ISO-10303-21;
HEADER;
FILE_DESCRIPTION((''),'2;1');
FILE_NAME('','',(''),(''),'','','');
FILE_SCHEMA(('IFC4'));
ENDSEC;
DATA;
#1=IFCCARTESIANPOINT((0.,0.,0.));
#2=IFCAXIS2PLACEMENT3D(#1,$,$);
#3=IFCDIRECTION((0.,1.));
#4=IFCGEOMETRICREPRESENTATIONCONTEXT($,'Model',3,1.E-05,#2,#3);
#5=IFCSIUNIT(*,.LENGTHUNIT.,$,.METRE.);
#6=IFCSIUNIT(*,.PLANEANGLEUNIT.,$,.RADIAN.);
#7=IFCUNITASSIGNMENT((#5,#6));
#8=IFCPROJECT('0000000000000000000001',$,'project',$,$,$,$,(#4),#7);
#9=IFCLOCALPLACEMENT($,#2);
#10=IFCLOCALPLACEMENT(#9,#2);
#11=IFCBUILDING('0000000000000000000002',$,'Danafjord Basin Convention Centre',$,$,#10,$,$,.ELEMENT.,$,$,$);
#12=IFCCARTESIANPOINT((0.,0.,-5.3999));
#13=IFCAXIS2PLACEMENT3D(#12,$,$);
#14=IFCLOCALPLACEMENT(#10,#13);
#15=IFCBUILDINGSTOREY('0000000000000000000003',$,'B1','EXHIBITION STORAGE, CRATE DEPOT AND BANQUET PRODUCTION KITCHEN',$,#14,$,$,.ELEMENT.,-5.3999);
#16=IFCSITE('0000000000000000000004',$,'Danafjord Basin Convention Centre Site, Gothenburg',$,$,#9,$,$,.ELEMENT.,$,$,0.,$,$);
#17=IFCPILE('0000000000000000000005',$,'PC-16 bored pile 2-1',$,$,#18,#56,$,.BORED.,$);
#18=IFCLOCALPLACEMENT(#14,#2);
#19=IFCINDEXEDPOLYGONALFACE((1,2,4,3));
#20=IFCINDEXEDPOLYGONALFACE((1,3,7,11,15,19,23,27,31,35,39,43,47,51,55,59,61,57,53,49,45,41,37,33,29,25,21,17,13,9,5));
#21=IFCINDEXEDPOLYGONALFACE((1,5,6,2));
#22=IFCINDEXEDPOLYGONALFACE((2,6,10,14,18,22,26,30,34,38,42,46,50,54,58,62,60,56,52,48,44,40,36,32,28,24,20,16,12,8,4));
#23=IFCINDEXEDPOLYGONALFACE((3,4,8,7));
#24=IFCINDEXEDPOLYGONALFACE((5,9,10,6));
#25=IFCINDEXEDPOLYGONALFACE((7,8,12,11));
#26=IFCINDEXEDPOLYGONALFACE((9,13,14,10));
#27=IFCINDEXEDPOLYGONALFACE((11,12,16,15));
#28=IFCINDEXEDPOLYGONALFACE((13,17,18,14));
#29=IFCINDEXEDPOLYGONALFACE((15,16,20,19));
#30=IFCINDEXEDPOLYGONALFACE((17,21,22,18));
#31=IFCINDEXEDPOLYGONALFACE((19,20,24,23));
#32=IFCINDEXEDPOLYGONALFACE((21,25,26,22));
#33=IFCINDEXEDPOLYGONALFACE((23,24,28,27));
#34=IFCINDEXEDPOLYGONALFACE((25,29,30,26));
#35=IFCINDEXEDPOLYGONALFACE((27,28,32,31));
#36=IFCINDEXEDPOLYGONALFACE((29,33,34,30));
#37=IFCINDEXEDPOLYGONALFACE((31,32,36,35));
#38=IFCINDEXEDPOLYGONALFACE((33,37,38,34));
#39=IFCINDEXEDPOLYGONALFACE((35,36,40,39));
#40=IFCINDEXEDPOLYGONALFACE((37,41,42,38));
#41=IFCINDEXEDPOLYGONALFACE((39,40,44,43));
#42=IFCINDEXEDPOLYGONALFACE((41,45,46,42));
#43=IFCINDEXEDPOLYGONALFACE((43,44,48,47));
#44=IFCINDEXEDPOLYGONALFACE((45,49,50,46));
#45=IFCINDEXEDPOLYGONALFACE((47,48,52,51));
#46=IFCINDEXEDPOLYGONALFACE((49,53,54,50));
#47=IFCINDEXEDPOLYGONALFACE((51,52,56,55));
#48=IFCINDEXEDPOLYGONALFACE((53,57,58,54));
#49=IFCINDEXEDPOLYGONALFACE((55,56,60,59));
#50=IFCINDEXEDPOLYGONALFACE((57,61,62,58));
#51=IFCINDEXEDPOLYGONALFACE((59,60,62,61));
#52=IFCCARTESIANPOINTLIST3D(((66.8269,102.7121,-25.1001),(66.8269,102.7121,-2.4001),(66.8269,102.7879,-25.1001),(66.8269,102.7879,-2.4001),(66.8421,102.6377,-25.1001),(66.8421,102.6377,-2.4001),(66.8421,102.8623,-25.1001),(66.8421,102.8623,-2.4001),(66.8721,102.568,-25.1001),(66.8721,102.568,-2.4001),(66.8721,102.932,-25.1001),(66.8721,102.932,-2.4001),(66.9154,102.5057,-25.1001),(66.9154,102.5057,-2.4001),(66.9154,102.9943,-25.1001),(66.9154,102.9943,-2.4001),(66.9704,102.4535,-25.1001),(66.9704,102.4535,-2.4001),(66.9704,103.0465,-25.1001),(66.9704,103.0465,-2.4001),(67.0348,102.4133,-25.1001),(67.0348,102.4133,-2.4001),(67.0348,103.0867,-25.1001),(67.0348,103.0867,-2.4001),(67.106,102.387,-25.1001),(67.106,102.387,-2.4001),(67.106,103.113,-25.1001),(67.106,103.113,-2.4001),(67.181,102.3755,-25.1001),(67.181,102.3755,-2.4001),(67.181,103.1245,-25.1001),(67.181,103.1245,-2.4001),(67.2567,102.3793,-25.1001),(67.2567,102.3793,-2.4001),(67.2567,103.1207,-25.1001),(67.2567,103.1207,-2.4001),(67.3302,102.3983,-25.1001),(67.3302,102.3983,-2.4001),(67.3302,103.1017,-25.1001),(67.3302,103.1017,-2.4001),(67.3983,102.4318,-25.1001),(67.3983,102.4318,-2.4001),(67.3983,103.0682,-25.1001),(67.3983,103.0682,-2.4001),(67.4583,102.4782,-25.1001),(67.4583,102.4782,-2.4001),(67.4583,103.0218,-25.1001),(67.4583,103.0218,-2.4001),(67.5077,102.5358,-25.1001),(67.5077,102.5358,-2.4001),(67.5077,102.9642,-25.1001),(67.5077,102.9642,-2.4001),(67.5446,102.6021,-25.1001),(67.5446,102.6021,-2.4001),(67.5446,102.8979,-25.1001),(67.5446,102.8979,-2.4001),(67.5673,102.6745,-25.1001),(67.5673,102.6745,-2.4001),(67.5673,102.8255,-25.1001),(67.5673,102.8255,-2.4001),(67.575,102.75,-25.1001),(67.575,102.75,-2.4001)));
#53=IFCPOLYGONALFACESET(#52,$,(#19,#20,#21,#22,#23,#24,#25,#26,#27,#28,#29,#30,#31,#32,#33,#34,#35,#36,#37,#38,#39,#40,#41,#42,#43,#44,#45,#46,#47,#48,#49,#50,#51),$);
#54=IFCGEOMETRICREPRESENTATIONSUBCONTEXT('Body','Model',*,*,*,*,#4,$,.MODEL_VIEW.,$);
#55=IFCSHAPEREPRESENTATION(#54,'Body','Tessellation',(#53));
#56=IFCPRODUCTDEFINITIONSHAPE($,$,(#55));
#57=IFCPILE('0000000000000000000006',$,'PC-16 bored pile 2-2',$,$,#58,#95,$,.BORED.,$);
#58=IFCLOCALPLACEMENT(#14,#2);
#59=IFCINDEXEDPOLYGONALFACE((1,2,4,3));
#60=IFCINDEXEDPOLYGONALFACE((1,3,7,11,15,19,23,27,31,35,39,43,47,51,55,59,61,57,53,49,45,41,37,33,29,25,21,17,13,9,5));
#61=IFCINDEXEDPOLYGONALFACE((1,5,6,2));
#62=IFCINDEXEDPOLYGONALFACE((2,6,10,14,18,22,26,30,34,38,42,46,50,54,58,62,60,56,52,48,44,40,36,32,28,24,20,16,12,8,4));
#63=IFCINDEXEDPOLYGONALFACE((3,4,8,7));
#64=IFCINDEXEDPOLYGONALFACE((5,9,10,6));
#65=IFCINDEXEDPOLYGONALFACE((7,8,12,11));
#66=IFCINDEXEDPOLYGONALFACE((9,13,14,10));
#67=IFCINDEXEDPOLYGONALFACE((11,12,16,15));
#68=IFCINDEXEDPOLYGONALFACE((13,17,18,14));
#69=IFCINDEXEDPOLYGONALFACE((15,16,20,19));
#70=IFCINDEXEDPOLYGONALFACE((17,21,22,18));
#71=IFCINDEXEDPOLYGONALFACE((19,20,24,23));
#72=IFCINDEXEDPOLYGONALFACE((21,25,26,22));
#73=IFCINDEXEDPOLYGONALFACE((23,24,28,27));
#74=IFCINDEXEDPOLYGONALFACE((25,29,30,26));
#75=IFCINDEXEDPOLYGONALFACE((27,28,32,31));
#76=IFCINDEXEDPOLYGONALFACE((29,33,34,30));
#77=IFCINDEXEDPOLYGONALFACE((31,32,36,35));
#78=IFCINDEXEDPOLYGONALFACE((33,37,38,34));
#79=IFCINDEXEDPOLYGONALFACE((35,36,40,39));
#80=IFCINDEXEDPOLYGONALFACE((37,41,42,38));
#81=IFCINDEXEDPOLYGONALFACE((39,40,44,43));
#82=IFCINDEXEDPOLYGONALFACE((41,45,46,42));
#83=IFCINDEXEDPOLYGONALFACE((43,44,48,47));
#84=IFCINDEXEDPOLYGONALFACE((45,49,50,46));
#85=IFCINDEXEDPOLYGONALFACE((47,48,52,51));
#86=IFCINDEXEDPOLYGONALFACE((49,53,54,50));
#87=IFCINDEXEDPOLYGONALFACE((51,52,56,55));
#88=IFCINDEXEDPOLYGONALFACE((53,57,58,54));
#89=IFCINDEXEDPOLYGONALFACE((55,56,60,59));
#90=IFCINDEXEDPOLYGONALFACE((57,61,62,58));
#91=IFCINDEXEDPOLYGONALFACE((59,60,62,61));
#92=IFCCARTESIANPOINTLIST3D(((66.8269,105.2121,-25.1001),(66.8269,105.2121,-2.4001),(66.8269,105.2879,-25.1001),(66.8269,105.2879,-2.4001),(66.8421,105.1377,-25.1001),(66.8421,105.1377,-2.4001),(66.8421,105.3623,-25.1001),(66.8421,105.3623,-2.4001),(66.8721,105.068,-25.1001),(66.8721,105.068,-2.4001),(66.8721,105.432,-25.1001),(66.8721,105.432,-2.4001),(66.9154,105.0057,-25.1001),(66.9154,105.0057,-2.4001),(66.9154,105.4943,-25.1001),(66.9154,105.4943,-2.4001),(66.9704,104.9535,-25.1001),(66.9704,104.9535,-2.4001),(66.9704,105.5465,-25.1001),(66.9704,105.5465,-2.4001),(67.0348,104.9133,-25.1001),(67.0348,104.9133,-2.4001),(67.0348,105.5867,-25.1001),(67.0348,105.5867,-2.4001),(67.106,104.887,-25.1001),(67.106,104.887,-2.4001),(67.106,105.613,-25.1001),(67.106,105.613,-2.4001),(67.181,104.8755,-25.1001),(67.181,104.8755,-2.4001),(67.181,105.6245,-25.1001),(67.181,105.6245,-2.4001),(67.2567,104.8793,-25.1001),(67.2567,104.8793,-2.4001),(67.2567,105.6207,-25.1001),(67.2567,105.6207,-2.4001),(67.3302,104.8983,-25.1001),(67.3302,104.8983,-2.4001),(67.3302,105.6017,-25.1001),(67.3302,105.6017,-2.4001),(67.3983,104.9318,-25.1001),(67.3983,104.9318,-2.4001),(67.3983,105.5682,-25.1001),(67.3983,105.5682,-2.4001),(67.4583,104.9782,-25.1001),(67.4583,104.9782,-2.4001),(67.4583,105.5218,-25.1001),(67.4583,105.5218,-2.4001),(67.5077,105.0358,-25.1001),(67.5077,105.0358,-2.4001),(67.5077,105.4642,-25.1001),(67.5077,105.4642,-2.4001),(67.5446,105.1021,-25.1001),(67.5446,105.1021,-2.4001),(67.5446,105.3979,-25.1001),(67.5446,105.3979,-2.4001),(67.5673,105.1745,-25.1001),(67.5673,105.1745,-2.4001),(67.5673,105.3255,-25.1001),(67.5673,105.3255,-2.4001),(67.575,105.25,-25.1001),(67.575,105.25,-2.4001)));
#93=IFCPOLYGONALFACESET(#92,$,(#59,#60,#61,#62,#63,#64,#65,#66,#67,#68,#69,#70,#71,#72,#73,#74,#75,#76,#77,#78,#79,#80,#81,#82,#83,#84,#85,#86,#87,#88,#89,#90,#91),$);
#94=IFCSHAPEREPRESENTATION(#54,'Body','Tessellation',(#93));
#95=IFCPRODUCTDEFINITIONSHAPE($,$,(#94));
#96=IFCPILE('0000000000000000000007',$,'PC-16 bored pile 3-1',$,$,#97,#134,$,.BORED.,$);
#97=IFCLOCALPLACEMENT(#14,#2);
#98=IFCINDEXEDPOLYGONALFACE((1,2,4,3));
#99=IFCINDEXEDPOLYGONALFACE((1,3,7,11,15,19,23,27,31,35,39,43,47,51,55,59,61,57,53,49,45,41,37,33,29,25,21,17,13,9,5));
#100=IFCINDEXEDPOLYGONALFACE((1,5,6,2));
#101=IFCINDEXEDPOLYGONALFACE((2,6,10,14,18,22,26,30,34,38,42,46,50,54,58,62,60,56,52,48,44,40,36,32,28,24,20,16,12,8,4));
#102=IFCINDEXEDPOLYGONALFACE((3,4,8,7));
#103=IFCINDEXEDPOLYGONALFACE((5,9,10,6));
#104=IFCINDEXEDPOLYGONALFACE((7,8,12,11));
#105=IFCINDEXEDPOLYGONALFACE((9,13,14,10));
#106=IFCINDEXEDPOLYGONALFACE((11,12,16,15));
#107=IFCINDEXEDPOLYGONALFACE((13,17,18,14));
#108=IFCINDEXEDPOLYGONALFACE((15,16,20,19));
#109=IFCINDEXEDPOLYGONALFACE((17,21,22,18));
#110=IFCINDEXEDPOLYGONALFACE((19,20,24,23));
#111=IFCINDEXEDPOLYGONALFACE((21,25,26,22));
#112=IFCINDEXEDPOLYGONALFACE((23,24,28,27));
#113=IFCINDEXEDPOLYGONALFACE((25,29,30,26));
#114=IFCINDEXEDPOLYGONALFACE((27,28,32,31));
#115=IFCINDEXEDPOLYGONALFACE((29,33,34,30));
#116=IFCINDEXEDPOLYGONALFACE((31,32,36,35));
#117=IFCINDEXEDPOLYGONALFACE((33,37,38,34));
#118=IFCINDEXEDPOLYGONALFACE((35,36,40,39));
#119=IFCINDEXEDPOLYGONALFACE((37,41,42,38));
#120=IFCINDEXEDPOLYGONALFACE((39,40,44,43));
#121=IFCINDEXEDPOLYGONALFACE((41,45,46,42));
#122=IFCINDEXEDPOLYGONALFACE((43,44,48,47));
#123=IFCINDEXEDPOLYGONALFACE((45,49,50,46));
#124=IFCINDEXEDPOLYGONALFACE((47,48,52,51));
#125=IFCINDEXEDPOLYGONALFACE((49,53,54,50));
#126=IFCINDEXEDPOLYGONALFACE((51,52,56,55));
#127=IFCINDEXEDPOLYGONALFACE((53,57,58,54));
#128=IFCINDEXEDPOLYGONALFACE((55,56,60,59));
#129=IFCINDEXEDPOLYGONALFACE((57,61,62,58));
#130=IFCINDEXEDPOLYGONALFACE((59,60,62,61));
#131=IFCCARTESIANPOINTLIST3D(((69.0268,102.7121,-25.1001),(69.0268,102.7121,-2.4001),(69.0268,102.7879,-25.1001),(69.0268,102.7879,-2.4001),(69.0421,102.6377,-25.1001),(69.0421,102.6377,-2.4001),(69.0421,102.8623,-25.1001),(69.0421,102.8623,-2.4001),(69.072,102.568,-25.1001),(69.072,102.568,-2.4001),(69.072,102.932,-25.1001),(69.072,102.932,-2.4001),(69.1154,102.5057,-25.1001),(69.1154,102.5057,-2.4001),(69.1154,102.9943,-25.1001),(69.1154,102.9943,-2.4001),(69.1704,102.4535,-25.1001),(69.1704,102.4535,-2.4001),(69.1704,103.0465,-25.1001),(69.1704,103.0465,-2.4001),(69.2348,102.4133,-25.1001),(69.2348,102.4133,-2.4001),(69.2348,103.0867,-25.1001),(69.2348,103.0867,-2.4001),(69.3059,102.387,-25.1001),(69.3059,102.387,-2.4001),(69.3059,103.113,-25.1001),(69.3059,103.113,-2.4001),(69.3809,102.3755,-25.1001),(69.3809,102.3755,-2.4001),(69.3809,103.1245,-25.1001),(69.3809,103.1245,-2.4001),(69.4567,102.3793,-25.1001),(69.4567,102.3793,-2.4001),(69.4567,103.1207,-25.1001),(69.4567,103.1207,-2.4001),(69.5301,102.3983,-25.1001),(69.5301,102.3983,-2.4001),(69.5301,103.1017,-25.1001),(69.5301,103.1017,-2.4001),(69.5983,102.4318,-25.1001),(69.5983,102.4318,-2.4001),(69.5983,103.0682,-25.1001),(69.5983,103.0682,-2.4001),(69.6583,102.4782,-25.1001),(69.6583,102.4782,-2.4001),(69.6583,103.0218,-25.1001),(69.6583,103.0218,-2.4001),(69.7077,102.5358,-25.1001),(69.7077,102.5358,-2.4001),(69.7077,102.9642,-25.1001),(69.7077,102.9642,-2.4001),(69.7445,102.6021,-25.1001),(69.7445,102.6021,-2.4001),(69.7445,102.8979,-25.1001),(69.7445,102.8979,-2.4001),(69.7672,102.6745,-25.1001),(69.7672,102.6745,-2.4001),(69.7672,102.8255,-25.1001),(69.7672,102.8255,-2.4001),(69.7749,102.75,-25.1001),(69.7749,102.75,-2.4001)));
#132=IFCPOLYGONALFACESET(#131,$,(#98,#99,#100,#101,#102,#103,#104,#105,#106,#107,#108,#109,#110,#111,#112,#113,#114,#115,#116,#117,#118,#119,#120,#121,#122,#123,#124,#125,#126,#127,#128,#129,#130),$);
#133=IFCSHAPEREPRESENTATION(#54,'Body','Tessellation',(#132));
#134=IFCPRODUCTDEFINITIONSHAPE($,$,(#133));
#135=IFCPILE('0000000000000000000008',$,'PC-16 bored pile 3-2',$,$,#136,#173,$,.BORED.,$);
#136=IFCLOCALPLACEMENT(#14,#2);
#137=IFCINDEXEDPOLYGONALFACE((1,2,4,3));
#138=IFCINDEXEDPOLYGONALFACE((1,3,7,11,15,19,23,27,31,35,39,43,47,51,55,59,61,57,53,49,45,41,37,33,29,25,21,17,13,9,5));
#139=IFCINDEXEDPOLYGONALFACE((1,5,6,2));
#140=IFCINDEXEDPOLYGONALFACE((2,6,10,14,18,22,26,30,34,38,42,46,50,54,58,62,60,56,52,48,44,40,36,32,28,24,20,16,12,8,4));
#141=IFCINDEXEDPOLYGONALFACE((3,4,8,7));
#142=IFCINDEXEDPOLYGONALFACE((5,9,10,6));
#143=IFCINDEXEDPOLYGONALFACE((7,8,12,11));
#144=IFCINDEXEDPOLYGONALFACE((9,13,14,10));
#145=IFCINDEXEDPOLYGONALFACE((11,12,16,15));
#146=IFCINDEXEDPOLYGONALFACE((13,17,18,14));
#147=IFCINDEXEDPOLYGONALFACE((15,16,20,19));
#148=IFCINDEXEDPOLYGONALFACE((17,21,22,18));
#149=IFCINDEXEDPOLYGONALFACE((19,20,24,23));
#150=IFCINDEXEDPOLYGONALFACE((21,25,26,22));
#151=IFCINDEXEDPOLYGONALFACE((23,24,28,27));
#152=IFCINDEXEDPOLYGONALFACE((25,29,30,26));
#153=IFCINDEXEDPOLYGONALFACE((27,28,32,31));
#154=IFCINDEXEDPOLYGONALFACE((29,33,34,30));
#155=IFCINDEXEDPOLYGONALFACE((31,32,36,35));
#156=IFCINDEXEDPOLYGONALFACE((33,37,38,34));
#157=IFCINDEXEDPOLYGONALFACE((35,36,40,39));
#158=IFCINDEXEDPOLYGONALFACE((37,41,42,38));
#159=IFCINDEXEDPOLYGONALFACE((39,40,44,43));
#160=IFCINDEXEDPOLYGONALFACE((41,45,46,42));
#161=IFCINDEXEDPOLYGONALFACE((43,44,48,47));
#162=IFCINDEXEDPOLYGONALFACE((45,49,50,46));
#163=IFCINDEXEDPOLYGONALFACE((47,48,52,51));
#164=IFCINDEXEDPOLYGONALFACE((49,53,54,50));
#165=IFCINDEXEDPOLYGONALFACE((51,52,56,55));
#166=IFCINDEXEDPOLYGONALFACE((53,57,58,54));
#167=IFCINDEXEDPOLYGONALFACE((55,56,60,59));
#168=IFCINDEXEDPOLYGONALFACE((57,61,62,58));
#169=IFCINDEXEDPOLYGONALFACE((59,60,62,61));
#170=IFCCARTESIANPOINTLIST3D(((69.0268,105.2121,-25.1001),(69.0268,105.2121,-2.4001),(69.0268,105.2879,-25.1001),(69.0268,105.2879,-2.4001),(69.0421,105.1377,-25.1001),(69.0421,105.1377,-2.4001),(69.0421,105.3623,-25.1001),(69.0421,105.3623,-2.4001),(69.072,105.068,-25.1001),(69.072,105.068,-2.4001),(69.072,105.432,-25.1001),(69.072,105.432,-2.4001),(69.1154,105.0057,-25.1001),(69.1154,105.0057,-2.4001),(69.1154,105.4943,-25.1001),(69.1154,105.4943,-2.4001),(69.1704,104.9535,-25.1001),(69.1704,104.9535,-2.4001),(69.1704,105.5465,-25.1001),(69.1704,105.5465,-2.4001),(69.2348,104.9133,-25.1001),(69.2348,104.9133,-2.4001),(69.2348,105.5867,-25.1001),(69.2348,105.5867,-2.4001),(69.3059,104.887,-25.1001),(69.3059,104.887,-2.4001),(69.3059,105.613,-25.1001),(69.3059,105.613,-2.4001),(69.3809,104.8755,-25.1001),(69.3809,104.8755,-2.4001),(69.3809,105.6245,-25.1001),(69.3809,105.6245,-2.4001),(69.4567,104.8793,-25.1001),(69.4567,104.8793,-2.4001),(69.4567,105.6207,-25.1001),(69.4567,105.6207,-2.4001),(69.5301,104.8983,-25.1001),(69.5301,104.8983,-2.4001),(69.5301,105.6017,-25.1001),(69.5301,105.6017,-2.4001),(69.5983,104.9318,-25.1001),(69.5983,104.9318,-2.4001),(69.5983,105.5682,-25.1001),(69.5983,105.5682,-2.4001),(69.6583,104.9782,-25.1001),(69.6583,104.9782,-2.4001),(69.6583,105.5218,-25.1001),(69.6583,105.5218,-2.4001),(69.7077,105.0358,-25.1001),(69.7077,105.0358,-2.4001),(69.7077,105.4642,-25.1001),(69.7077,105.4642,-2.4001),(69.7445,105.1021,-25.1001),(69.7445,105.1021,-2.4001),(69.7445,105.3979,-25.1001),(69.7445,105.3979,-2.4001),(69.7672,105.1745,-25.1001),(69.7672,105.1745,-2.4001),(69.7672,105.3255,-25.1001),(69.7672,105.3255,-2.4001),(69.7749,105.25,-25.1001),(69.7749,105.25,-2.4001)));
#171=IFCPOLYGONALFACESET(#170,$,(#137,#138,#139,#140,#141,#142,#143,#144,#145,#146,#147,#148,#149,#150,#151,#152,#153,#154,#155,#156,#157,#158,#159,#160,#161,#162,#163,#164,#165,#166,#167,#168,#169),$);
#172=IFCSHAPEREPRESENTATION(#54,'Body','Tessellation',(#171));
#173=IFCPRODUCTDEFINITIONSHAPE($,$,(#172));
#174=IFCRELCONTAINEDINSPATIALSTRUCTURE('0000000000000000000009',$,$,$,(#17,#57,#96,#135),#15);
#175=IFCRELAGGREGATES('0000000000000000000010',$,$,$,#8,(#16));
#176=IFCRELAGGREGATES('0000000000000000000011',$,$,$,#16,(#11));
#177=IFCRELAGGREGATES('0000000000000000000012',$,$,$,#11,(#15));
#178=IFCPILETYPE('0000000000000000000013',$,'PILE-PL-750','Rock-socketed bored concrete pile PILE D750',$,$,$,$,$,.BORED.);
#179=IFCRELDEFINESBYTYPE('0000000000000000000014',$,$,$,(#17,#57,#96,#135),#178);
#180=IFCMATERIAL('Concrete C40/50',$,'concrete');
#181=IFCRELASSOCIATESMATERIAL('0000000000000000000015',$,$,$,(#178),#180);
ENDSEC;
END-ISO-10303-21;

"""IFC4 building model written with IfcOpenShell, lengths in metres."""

from ifc_helpers import new_model, si_unit, direction, frame, origin, origin_2d, place, context, subcontext, project, spatial, circle, extrude, material, material_profile, profile_set, type_object, element, save


model = new_model("IFC4")

# Units and contexts
model_context = context("Model", 3, precision=1e-05, world=origin(), true_north=direction((0.0, 1.0)))
body_context = subcontext(model_context, "Body", "Model", "MODEL_VIEW")
ifc_project = project(units=[si_unit("LENGTHUNIT", "METRE"), si_unit("PLANEANGLEUNIT", "RADIAN")], contexts=[model_context])

# Site, building, storey
site_placement = place(None, origin())
site = spatial("IfcSite", under=ifc_project, at=site_placement, Name="Danafjord Basin Convention Centre Site, Gothenburg", CompositionType="ELEMENT", RefElevation=0.0)
building_placement = place(site_placement, origin())
building = spatial("IfcBuilding", under=site, at=building_placement, Name="Danafjord Basin Convention Centre", CompositionType="ELEMENT")
storey_placement = place(building_placement, frame((0.0, 0.0, -5.3999)))
storey = spatial("IfcBuildingStorey", under=building, at=storey_placement, Name="B1", Description="EXHIBITION STORAGE, CRATE DEPOT AND BANQUET PRODUCTION KITCHEN", CompositionType="ELEMENT", Elevation=-5.3999)

# Shared definitions
ifc_material_1 = material(Name="Concrete C40/50", Category="concrete")

# Piles
ifc_material_profile_1 = material_profile(ifc_material_1, circle(Radius=0.375, at=origin_2d()), Name="PILE D750")
ifc_profile_set_1 = profile_set([ifc_material_profile_1], Name="Concrete C40/50")
pile_type_1 = type_object("IfcPileType", Name="PILE-PL-750", Description="Rock-socketed bored concrete pile PILE D750", PredefinedType="BORED", material=ifc_profile_set_1)
for number, where, z_axis, x_axis, name in (
    (1, (67.2, 102.75, -2.4001), (0.0, 0.0, -1.0), (1.0, 0.0, 0.0), "PC-16 bored pile 2-1"),
    (2, (67.2, 105.25, -2.4001), (0.0, 0.0, -1.0), (1.0, 0.0, 0.0), "PC-16 bored pile 2-2"),
    (3, (69.3999, 102.75, -2.4001), (0.0, 0.0, -1.0), (1.0, 0.0, 0.0), "PC-16 bored pile 3-1"),
    (4, (69.3999, 105.25, -2.4001), (0.0, 0.0, -1.0), (1.0, 0.0, 0.0), "PC-16 bored pile 3-2"),
):
    element("IfcPile", number, at=place(storey_placement, frame(where, z_axis=z_axis, x_axis=x_axis)), inside=storey, type_object=pile_type_1, Name=name, PredefinedType="BORED", context=body_context, shape_type="SweptSolid", body=[
        extrude(circle(Radius=0.375, at=origin_2d()), origin(), (0.0, 0.0, 1.0), 22.7),
    ])

save(model, "model.ifc")
